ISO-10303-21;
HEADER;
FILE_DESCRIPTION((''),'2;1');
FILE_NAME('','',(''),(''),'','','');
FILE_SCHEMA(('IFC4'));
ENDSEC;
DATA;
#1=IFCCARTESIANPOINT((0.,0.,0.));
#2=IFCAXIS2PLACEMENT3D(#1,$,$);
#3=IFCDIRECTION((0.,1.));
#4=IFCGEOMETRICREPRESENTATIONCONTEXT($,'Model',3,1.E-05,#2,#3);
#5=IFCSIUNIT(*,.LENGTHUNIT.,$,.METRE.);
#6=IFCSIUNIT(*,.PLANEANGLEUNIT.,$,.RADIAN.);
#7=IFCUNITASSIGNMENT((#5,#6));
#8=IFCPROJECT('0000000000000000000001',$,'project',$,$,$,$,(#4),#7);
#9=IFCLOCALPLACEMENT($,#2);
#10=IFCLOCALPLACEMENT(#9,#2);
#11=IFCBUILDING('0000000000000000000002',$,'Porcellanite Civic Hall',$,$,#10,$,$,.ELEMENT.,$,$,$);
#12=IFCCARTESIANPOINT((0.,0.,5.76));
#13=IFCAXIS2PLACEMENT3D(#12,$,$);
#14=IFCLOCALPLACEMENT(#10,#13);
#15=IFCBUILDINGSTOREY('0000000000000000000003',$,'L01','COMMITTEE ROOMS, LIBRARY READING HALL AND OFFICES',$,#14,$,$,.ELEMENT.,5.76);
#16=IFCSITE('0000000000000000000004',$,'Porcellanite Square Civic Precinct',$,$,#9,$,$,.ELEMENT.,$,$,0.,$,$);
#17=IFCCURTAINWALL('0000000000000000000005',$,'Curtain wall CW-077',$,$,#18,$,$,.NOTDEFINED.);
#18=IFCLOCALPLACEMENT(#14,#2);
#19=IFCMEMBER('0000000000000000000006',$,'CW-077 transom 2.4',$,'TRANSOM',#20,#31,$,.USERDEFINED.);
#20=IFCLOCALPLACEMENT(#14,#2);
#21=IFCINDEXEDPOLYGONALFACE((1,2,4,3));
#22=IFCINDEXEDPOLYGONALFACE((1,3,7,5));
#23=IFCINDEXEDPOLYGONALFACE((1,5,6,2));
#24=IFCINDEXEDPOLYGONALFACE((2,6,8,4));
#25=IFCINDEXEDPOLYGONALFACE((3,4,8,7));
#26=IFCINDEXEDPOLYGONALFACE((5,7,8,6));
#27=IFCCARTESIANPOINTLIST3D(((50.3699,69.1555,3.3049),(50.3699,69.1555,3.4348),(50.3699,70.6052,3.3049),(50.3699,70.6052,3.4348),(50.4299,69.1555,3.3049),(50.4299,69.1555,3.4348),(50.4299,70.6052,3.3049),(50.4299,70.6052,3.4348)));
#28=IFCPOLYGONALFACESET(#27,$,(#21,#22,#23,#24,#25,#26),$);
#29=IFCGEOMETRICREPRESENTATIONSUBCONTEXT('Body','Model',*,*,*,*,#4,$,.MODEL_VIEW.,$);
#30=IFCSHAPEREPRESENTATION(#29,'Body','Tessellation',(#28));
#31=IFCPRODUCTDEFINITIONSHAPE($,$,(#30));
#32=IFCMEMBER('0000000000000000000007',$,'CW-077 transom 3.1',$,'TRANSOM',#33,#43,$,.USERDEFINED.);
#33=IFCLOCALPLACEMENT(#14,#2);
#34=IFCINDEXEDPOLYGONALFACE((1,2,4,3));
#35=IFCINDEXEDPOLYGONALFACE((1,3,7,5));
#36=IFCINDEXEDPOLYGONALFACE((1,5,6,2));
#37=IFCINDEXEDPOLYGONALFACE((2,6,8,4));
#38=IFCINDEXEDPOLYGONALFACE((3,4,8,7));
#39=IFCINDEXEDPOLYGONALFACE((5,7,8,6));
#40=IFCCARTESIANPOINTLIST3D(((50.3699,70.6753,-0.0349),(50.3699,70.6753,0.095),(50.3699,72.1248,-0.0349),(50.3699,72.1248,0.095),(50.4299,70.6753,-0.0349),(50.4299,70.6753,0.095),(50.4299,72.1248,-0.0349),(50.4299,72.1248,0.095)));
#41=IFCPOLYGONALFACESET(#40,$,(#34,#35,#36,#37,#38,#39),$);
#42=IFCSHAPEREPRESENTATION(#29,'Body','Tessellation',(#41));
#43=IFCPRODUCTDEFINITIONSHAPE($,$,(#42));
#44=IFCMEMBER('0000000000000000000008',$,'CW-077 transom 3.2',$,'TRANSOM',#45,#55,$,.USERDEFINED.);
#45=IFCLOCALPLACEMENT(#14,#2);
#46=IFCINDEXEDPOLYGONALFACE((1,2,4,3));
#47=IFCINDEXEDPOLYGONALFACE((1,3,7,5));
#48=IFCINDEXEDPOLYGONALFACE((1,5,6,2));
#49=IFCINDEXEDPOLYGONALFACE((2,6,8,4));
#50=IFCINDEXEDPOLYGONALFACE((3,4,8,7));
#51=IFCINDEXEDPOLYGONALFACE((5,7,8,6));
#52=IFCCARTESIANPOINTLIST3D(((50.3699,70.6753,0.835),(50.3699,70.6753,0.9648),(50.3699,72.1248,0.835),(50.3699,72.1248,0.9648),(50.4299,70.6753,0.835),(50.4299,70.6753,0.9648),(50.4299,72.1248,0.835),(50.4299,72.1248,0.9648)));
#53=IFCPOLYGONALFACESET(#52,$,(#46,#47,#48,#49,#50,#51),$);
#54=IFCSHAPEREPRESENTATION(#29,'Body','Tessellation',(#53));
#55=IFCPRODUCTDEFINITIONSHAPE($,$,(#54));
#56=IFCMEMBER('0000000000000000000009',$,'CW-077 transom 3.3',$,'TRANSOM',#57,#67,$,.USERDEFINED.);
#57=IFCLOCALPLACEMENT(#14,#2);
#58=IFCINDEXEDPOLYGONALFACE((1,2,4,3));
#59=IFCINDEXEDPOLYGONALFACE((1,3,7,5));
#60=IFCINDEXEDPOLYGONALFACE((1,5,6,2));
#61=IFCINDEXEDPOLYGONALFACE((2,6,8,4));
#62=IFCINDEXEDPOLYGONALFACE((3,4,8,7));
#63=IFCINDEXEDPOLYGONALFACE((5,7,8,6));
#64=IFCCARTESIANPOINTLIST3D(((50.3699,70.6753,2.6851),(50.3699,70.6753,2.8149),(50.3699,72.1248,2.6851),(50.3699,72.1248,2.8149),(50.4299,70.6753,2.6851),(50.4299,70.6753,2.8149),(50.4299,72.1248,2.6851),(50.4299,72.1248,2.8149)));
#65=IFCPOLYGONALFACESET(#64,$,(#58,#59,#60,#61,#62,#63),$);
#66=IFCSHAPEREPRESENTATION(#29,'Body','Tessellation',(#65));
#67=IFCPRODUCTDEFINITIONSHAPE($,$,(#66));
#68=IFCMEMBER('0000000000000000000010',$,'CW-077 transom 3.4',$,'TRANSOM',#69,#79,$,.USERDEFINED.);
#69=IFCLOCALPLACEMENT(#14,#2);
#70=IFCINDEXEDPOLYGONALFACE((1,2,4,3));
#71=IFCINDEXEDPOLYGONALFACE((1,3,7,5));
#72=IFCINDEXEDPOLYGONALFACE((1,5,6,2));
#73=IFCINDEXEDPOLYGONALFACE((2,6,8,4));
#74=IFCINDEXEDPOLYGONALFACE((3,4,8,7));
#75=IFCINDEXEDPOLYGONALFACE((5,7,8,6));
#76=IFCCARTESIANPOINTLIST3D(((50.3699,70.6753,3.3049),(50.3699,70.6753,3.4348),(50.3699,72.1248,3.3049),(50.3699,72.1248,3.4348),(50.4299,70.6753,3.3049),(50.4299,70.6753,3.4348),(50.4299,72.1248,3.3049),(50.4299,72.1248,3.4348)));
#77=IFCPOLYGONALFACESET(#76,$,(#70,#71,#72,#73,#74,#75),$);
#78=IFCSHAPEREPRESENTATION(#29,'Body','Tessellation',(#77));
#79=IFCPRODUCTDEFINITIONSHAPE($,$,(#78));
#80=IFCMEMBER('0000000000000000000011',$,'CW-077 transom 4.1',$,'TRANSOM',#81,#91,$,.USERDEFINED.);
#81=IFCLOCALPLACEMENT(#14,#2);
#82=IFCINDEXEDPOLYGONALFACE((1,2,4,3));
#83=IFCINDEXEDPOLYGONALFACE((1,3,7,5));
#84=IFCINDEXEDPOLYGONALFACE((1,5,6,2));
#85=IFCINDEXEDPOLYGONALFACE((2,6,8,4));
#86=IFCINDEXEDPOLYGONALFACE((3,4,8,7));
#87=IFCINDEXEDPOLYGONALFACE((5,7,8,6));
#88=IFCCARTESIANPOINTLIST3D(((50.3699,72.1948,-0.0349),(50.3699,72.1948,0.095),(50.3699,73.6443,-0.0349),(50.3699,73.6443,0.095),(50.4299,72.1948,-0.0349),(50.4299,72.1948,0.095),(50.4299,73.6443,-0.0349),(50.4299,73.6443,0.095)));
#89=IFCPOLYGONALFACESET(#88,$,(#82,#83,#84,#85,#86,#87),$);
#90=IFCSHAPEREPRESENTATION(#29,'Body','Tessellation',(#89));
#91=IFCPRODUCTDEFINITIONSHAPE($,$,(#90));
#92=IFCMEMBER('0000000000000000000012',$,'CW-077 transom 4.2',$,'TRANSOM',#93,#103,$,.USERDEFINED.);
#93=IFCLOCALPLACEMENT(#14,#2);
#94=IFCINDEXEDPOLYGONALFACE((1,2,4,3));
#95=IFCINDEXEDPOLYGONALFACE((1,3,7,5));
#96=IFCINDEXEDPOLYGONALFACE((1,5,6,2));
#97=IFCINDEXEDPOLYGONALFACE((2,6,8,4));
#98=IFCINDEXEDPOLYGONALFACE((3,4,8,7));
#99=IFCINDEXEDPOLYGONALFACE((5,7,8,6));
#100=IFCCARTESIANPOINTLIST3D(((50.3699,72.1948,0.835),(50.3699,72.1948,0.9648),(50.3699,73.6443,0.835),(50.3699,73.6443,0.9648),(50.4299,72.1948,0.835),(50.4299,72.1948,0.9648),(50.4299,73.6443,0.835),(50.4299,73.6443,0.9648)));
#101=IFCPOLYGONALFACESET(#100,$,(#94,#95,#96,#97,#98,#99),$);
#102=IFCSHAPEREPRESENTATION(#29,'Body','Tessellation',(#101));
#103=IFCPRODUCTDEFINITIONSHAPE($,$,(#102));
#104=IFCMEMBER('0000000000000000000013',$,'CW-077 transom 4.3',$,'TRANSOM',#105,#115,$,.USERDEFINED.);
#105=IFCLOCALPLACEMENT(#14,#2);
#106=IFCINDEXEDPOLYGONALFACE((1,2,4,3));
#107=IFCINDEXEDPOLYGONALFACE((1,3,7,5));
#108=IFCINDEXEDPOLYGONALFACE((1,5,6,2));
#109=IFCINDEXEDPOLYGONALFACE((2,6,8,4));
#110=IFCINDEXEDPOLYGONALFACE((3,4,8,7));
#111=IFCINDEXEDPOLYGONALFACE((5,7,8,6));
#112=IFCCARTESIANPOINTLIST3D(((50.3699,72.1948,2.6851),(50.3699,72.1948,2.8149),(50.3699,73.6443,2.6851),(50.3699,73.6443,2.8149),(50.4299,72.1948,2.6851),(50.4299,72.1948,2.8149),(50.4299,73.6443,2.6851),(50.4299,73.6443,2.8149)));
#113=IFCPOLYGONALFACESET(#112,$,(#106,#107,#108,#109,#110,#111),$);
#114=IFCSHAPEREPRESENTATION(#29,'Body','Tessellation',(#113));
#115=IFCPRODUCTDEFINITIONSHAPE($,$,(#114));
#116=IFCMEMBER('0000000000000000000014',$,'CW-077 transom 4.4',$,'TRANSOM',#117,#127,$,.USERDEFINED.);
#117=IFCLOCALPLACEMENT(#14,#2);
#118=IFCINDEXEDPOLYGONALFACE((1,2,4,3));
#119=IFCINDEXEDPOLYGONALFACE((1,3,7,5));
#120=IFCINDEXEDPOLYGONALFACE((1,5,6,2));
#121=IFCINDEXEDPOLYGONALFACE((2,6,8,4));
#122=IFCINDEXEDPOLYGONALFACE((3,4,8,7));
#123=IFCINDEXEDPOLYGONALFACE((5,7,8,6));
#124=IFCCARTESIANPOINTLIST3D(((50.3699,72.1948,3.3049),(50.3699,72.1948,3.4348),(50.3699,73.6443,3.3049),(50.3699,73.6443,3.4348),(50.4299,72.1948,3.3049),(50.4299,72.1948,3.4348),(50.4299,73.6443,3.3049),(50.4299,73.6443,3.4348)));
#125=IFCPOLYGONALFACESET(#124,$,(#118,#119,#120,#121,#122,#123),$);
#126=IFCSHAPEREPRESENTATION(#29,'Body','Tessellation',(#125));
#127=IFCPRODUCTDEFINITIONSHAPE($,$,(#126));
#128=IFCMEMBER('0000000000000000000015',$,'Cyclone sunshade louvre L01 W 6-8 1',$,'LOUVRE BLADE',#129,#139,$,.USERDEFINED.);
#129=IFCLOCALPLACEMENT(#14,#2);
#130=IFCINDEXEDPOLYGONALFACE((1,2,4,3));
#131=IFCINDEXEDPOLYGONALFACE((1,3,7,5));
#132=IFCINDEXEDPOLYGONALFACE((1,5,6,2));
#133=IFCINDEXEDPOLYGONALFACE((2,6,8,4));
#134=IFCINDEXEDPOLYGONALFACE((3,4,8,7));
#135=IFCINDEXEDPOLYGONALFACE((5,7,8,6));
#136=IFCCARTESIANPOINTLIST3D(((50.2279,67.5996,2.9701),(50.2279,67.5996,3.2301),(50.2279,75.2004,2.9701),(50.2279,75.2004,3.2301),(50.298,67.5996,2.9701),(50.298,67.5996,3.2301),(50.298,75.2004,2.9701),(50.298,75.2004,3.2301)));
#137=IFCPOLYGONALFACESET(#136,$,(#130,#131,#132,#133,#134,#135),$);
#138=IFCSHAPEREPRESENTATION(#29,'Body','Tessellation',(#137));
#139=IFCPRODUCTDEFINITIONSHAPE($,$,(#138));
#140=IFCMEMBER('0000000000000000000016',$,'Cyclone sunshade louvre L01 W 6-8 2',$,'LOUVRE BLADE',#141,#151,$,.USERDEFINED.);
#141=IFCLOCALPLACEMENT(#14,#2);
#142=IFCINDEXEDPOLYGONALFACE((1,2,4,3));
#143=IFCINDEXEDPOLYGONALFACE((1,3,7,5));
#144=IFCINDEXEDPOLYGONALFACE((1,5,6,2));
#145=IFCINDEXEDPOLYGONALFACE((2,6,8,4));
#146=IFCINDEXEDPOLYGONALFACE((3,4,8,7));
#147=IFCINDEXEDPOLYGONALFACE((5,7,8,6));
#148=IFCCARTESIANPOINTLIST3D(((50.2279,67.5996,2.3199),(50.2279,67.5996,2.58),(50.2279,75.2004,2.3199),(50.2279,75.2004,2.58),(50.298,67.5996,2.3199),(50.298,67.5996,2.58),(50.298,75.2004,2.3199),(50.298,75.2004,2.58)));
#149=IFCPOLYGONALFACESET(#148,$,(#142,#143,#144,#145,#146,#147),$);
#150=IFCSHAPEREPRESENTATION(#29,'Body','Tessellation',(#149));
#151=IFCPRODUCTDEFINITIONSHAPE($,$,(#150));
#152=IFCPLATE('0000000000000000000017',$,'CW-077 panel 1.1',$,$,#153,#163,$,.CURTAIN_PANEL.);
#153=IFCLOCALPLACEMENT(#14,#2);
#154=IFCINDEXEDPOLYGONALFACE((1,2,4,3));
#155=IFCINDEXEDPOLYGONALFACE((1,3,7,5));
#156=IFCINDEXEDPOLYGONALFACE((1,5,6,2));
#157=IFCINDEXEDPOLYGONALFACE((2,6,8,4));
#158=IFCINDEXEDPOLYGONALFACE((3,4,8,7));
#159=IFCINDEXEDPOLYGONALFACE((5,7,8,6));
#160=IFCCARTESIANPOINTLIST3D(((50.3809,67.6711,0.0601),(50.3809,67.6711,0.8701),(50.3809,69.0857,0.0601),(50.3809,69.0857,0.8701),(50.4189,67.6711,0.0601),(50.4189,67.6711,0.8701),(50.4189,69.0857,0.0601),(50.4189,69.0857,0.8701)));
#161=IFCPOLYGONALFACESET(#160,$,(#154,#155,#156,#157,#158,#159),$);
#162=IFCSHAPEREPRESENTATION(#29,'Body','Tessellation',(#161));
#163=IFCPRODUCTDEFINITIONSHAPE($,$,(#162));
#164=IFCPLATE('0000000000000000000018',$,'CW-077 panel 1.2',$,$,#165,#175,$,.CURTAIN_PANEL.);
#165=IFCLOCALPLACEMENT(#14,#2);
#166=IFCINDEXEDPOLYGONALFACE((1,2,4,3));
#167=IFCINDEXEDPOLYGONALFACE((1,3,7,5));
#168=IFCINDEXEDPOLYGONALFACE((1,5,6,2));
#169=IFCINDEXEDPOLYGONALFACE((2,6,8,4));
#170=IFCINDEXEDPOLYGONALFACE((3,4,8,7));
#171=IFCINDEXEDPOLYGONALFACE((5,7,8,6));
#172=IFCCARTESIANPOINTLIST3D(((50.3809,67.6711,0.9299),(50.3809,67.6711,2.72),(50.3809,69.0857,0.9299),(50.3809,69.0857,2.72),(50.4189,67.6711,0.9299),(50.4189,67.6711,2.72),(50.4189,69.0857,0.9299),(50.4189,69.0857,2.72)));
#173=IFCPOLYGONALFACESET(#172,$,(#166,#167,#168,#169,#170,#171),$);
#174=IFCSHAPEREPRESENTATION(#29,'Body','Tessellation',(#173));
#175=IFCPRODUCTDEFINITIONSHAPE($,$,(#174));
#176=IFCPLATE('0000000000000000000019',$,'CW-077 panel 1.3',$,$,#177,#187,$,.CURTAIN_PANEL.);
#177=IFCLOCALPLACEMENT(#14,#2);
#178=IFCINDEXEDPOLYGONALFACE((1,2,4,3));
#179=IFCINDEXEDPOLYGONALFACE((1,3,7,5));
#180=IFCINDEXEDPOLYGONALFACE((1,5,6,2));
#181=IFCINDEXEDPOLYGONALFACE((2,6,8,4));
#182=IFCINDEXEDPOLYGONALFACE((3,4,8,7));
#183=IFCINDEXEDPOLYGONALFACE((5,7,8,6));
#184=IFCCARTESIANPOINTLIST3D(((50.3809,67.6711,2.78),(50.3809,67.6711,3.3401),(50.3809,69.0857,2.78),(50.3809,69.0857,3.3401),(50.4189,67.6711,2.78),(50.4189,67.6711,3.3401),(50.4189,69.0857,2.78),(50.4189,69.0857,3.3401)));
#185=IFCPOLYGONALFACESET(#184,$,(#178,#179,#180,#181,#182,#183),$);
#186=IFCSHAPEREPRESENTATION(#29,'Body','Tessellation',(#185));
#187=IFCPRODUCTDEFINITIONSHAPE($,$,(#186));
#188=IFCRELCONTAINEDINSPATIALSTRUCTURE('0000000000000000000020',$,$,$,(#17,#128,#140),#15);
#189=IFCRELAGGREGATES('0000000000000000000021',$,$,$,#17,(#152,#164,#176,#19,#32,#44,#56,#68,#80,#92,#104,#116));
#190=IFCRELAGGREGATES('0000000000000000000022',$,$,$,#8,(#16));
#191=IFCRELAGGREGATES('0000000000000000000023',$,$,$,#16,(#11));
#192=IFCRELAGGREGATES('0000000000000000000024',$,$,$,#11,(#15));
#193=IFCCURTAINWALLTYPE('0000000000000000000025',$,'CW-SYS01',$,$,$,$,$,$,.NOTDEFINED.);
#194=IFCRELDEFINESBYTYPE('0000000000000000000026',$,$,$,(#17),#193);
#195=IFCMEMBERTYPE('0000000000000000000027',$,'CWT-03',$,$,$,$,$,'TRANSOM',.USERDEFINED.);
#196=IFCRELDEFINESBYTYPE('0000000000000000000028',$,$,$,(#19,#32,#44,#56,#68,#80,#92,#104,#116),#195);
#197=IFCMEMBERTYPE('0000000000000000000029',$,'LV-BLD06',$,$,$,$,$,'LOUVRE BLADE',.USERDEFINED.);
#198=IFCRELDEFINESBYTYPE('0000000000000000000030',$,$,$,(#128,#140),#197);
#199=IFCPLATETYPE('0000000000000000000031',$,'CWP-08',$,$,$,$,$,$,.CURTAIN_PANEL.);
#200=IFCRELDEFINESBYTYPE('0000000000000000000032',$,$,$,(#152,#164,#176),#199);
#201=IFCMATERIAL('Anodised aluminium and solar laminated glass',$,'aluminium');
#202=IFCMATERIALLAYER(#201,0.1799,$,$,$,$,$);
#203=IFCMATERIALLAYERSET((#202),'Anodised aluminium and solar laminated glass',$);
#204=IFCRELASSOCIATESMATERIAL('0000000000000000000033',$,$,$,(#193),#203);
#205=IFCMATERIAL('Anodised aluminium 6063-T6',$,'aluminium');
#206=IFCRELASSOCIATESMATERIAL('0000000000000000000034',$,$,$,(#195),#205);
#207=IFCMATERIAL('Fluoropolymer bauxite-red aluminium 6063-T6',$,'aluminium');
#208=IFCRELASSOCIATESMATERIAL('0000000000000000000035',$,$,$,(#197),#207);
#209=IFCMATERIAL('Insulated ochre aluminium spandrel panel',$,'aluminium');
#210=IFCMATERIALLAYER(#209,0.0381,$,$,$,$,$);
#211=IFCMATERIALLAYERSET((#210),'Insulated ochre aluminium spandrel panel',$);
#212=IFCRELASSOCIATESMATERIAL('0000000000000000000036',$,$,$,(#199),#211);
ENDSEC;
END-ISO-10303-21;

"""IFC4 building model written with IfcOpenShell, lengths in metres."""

from ifc_helpers import new_model, si_unit, direction, frame, origin, origin_2d, place, context, subcontext, project, spatial, rectangle, extrude, material, layer, layer_set, material_profile, profile_set, type_object, element, aggregate, save


model = new_model("IFC4")

# Units and contexts
model_context = context("Model", 3, precision=1e-05, world=origin(), true_north=direction((0.0, 1.0)))
body_context = subcontext(model_context, "Body", "Model", "MODEL_VIEW")
ifc_project = project(units=[si_unit("LENGTHUNIT", "METRE"), si_unit("PLANEANGLEUNIT", "RADIAN")], contexts=[model_context])

# Site, building, storey
site_placement = place(None, origin())
site = spatial("IfcSite", under=ifc_project, at=site_placement, Name="Porcellanite Square Civic Precinct", CompositionType="ELEMENT", RefElevation=0.0)
building_placement = place(site_placement, origin())
building = spatial("IfcBuilding", under=site, at=building_placement, Name="Porcellanite Civic Hall", CompositionType="ELEMENT")
storey_placement = place(building_placement, frame((0.0, 0.0, 5.76)))
storey = spatial("IfcBuildingStorey", under=building, at=storey_placement, Name="L01", Description="COMMITTEE ROOMS, LIBRARY READING HALL AND OFFICES", CompositionType="ELEMENT", Elevation=5.76)

# Curtain wall, members
ifc_material_1 = material(Name="Anodised aluminium and solar laminated glass", Category="aluminium")
ifc_layer_1 = layer(ifc_material_1, 0.1799)
ifc_layer_set_1 = layer_set([ifc_layer_1], Name="Anodised aluminium and solar laminated glass")
curtain_wall_type = type_object("IfcCurtainWallType", Name="CW-SYS01", PredefinedType="NOTDEFINED", material=ifc_layer_set_1)
curtain_wall_placement = place(storey_placement, origin())
curtain_wall = element("IfcCurtainWall", 1, at=curtain_wall_placement, inside=storey, type_object=curtain_wall_type, Name="Curtain wall CW-077", PredefinedType="NOTDEFINED")
ifc_material_2 = material(Name="Anodised aluminium 6063-T6", Category="aluminium")
ifc_material_profile_1 = material_profile(ifc_material_2, rectangle(XDim=0.0601, YDim=0.1299, at=origin_2d()), Name="AL-60x130")
ifc_profile_set_1 = profile_set([ifc_material_profile_1], Name="Anodised aluminium 6063-T6")
member_type_1 = type_object("IfcMemberType", Name="CWT-03", ElementType="TRANSOM", PredefinedType="USERDEFINED", material=ifc_profile_set_1)
member_1_placement = place(storey_placement, frame((50.3999, 69.1555, 3.3699), z_axis=(0.0, 1.0, 0.0), x_axis=(-1.0, 0.0, 0.0)))
member_1 = element("IfcMember", 2, at=member_1_placement, type_object=member_type_1, Name="CW-077 transom 2.4", ObjectType="TRANSOM", PredefinedType="USERDEFINED", context=body_context, shape_type="SweptSolid", body=[
    extrude(rectangle(XDim=0.0601, YDim=0.1299, at=origin_2d()), origin(), (0.0, 0.0, 1.0), 1.4497),
])
member_2_placement = place(storey_placement, frame((50.3999, 70.6753, 0.03), z_axis=(0.0, 1.0, 0.0), x_axis=(-1.0, 0.0, 0.0)))
member_2 = element("IfcMember", 3, at=member_2_placement, type_object=member_type_1, Name="CW-077 transom 3.1", ObjectType="TRANSOM", PredefinedType="USERDEFINED", context=body_context, shape_type="SweptSolid", body=[
    extrude(rectangle(XDim=0.0601, YDim=0.1299, at=origin_2d()), origin(), (0.0, 0.0, 1.0), 1.4495),
])
member_3_placement = place(storey_placement, frame((50.3999, 70.6753, 0.8999), z_axis=(0.0, 1.0, 0.0), x_axis=(-1.0, 0.0, 0.0)))
member_3 = element("IfcMember", 4, at=member_3_placement, type_object=member_type_1, Name="CW-077 transom 3.2", ObjectType="TRANSOM", PredefinedType="USERDEFINED", context=body_context, shape_type="SweptSolid", body=[
    extrude(rectangle(XDim=0.0601, YDim=0.1299, at=origin_2d()), origin(), (0.0, 0.0, 1.0), 1.4495),
])
member_4_placement = place(storey_placement, frame((50.3999, 70.6753, 2.75), z_axis=(0.0, 1.0, 0.0), x_axis=(-1.0, 0.0, 0.0)))
member_4 = element("IfcMember", 5, at=member_4_placement, type_object=member_type_1, Name="CW-077 transom 3.3", ObjectType="TRANSOM", PredefinedType="USERDEFINED", context=body_context, shape_type="SweptSolid", body=[
    extrude(rectangle(XDim=0.0601, YDim=0.1299, at=origin_2d()), origin(), (0.0, 0.0, 1.0), 1.4495),
])
member_5_placement = place(storey_placement, frame((50.3999, 70.6753, 3.3699), z_axis=(0.0, 1.0, 0.0), x_axis=(-1.0, 0.0, 0.0)))
member_5 = element("IfcMember", 6, at=member_5_placement, type_object=member_type_1, Name="CW-077 transom 3.4", ObjectType="TRANSOM", PredefinedType="USERDEFINED", context=body_context, shape_type="SweptSolid", body=[
    extrude(rectangle(XDim=0.0601, YDim=0.1299, at=origin_2d()), origin(), (0.0, 0.0, 1.0), 1.4495),
])
member_6_placement = place(storey_placement, frame((50.3999, 72.1948, 0.03), z_axis=(0.0, 1.0, 0.0), x_axis=(-1.0, 0.0, 0.0)))
member_6 = element("IfcMember", 7, at=member_6_placement, type_object=member_type_1, Name="CW-077 transom 4.1", ObjectType="TRANSOM", PredefinedType="USERDEFINED", context=body_context, shape_type="SweptSolid", body=[
    extrude(rectangle(XDim=0.0601, YDim=0.1299, at=origin_2d()), origin(), (0.0, 0.0, 1.0), 1.4495),
])
member_7_placement = place(storey_placement, frame((50.3999, 72.1948, 0.8999), z_axis=(0.0, 1.0, 0.0), x_axis=(-1.0, 0.0, 0.0)))
member_7 = element("IfcMember", 8, at=member_7_placement, type_object=member_type_1, Name="CW-077 transom 4.2", ObjectType="TRANSOM", PredefinedType="USERDEFINED", context=body_context, shape_type="SweptSolid", body=[
    extrude(rectangle(XDim=0.0601, YDim=0.1299, at=origin_2d()), origin(), (0.0, 0.0, 1.0), 1.4495),
])
member_8_placement = place(storey_placement, frame((50.3999, 72.1948, 2.75), z_axis=(0.0, 1.0, 0.0), x_axis=(-1.0, 0.0, 0.0)))
member_8 = element("IfcMember", 9, at=member_8_placement, type_object=member_type_1, Name="CW-077 transom 4.3", ObjectType="TRANSOM", PredefinedType="USERDEFINED", context=body_context, shape_type="SweptSolid", body=[
    extrude(rectangle(XDim=0.0601, YDim=0.1299, at=origin_2d()), origin(), (0.0, 0.0, 1.0), 1.4495),
])
member_9_placement = place(storey_placement, frame((50.3999, 72.1948, 3.3699), z_axis=(0.0, 1.0, 0.0), x_axis=(-1.0, 0.0, 0.0)))
member_9 = element("IfcMember", 10, at=member_9_placement, type_object=member_type_1, Name="CW-077 transom 4.4", ObjectType="TRANSOM", PredefinedType="USERDEFINED", context=body_context, shape_type="SweptSolid", body=[
    extrude(rectangle(XDim=0.0601, YDim=0.1299, at=origin_2d()), origin(), (0.0, 0.0, 1.0), 1.4495),
])

# Members
ifc_material_3 = material(Name="Fluoropolymer bauxite-red aluminium 6063-T6", Category="aluminium")
ifc_material_profile_2 = material_profile(ifc_material_3, rectangle(XDim=0.0701, YDim=0.26, at=origin_2d()), Name="AL-70x260")
ifc_profile_set_2 = profile_set([ifc_material_profile_2], Name="Fluoropolymer bauxite-red aluminium 6063-T6")
member_type_2 = type_object("IfcMemberType", Name="LV-BLD06", ElementType="LOUVRE BLADE", PredefinedType="USERDEFINED", material=ifc_profile_set_2)
for number, where, z_axis, x_axis, name in (
    (11, (50.2629, 67.5996, 3.1001), (0.0, 1.0, 0.0), (-1.0, 0.0, 0.0), "Cyclone sunshade louvre L01 W 6-8 1"),
    (12, (50.2629, 67.5996, 2.45), (0.0, 1.0, 0.0), (-1.0, 0.0, 0.0), "Cyclone sunshade louvre L01 W 6-8 2"),
):
    element("IfcMember", number, at=place(storey_placement, frame(where, z_axis=z_axis, x_axis=x_axis)), inside=storey, type_object=member_type_2, Name=name, ObjectType="LOUVRE BLADE", PredefinedType="USERDEFINED", context=body_context, shape_type="SweptSolid", body=[
        extrude(rectangle(XDim=0.0701, YDim=0.26, at=origin_2d()), origin(), (0.0, 0.0, 1.0), 7.6008),
    ])

# Plates
ifc_material_4 = material(Name="Insulated ochre aluminium spandrel panel", Category="aluminium")
ifc_layer_2 = layer(ifc_material_4, 0.0381)
ifc_layer_set_2 = layer_set([ifc_layer_2], Name="Insulated ochre aluminium spandrel panel")
plate_type = type_object("IfcPlateType", Name="CWP-08", PredefinedType="CURTAIN_PANEL", material=ifc_layer_set_2)
plate_1_placement = place(storey_placement, frame((50.3999, 68.3784, 0.0601), z_axis=(0.0, 0.0, 1.0), x_axis=(0.0, 1.0, 0.0)))
plate_1 = element("IfcPlate", 13, at=plate_1_placement, type_object=plate_type, Name="CW-077 panel 1.1", PredefinedType="CURTAIN_PANEL", context=body_context, shape_type="SweptSolid", body=[
    extrude(rectangle(XDim=1.4146, YDim=0.0381, at=origin_2d()), origin(), (0.0, 0.0, 1.0), 0.8101),
])
plate_2_placement = place(storey_placement, frame((50.3999, 68.3784, 0.9299), z_axis=(0.0, 0.0, 1.0), x_axis=(0.0, 1.0, 0.0)))
plate_2 = element("IfcPlate", 14, at=plate_2_placement, type_object=plate_type, Name="CW-077 panel 1.2", PredefinedType="CURTAIN_PANEL", context=body_context, shape_type="SweptSolid", body=[
    extrude(rectangle(XDim=1.4146, YDim=0.0381, at=origin_2d()), origin(), (0.0, 0.0, 1.0), 1.79),
])
plate_3_placement = place(storey_placement, frame((50.3999, 68.3784, 2.78), z_axis=(0.0, 0.0, 1.0), x_axis=(0.0, 1.0, 0.0)))
plate_3 = element("IfcPlate", 15, at=plate_3_placement, type_object=plate_type, Name="CW-077 panel 1.3", PredefinedType="CURTAIN_PANEL", context=body_context, shape_type="SweptSolid", body=[
    extrude(rectangle(XDim=1.4146, YDim=0.0381, at=origin_2d()), origin(), (0.0, 0.0, 1.0), 0.5601),
])
aggregate(curtain_wall, [plate_1, plate_2, plate_3, member_1, member_2, member_3, member_4, member_5, member_6, member_7, member_8, member_9])

save(model, "model.ifc")
